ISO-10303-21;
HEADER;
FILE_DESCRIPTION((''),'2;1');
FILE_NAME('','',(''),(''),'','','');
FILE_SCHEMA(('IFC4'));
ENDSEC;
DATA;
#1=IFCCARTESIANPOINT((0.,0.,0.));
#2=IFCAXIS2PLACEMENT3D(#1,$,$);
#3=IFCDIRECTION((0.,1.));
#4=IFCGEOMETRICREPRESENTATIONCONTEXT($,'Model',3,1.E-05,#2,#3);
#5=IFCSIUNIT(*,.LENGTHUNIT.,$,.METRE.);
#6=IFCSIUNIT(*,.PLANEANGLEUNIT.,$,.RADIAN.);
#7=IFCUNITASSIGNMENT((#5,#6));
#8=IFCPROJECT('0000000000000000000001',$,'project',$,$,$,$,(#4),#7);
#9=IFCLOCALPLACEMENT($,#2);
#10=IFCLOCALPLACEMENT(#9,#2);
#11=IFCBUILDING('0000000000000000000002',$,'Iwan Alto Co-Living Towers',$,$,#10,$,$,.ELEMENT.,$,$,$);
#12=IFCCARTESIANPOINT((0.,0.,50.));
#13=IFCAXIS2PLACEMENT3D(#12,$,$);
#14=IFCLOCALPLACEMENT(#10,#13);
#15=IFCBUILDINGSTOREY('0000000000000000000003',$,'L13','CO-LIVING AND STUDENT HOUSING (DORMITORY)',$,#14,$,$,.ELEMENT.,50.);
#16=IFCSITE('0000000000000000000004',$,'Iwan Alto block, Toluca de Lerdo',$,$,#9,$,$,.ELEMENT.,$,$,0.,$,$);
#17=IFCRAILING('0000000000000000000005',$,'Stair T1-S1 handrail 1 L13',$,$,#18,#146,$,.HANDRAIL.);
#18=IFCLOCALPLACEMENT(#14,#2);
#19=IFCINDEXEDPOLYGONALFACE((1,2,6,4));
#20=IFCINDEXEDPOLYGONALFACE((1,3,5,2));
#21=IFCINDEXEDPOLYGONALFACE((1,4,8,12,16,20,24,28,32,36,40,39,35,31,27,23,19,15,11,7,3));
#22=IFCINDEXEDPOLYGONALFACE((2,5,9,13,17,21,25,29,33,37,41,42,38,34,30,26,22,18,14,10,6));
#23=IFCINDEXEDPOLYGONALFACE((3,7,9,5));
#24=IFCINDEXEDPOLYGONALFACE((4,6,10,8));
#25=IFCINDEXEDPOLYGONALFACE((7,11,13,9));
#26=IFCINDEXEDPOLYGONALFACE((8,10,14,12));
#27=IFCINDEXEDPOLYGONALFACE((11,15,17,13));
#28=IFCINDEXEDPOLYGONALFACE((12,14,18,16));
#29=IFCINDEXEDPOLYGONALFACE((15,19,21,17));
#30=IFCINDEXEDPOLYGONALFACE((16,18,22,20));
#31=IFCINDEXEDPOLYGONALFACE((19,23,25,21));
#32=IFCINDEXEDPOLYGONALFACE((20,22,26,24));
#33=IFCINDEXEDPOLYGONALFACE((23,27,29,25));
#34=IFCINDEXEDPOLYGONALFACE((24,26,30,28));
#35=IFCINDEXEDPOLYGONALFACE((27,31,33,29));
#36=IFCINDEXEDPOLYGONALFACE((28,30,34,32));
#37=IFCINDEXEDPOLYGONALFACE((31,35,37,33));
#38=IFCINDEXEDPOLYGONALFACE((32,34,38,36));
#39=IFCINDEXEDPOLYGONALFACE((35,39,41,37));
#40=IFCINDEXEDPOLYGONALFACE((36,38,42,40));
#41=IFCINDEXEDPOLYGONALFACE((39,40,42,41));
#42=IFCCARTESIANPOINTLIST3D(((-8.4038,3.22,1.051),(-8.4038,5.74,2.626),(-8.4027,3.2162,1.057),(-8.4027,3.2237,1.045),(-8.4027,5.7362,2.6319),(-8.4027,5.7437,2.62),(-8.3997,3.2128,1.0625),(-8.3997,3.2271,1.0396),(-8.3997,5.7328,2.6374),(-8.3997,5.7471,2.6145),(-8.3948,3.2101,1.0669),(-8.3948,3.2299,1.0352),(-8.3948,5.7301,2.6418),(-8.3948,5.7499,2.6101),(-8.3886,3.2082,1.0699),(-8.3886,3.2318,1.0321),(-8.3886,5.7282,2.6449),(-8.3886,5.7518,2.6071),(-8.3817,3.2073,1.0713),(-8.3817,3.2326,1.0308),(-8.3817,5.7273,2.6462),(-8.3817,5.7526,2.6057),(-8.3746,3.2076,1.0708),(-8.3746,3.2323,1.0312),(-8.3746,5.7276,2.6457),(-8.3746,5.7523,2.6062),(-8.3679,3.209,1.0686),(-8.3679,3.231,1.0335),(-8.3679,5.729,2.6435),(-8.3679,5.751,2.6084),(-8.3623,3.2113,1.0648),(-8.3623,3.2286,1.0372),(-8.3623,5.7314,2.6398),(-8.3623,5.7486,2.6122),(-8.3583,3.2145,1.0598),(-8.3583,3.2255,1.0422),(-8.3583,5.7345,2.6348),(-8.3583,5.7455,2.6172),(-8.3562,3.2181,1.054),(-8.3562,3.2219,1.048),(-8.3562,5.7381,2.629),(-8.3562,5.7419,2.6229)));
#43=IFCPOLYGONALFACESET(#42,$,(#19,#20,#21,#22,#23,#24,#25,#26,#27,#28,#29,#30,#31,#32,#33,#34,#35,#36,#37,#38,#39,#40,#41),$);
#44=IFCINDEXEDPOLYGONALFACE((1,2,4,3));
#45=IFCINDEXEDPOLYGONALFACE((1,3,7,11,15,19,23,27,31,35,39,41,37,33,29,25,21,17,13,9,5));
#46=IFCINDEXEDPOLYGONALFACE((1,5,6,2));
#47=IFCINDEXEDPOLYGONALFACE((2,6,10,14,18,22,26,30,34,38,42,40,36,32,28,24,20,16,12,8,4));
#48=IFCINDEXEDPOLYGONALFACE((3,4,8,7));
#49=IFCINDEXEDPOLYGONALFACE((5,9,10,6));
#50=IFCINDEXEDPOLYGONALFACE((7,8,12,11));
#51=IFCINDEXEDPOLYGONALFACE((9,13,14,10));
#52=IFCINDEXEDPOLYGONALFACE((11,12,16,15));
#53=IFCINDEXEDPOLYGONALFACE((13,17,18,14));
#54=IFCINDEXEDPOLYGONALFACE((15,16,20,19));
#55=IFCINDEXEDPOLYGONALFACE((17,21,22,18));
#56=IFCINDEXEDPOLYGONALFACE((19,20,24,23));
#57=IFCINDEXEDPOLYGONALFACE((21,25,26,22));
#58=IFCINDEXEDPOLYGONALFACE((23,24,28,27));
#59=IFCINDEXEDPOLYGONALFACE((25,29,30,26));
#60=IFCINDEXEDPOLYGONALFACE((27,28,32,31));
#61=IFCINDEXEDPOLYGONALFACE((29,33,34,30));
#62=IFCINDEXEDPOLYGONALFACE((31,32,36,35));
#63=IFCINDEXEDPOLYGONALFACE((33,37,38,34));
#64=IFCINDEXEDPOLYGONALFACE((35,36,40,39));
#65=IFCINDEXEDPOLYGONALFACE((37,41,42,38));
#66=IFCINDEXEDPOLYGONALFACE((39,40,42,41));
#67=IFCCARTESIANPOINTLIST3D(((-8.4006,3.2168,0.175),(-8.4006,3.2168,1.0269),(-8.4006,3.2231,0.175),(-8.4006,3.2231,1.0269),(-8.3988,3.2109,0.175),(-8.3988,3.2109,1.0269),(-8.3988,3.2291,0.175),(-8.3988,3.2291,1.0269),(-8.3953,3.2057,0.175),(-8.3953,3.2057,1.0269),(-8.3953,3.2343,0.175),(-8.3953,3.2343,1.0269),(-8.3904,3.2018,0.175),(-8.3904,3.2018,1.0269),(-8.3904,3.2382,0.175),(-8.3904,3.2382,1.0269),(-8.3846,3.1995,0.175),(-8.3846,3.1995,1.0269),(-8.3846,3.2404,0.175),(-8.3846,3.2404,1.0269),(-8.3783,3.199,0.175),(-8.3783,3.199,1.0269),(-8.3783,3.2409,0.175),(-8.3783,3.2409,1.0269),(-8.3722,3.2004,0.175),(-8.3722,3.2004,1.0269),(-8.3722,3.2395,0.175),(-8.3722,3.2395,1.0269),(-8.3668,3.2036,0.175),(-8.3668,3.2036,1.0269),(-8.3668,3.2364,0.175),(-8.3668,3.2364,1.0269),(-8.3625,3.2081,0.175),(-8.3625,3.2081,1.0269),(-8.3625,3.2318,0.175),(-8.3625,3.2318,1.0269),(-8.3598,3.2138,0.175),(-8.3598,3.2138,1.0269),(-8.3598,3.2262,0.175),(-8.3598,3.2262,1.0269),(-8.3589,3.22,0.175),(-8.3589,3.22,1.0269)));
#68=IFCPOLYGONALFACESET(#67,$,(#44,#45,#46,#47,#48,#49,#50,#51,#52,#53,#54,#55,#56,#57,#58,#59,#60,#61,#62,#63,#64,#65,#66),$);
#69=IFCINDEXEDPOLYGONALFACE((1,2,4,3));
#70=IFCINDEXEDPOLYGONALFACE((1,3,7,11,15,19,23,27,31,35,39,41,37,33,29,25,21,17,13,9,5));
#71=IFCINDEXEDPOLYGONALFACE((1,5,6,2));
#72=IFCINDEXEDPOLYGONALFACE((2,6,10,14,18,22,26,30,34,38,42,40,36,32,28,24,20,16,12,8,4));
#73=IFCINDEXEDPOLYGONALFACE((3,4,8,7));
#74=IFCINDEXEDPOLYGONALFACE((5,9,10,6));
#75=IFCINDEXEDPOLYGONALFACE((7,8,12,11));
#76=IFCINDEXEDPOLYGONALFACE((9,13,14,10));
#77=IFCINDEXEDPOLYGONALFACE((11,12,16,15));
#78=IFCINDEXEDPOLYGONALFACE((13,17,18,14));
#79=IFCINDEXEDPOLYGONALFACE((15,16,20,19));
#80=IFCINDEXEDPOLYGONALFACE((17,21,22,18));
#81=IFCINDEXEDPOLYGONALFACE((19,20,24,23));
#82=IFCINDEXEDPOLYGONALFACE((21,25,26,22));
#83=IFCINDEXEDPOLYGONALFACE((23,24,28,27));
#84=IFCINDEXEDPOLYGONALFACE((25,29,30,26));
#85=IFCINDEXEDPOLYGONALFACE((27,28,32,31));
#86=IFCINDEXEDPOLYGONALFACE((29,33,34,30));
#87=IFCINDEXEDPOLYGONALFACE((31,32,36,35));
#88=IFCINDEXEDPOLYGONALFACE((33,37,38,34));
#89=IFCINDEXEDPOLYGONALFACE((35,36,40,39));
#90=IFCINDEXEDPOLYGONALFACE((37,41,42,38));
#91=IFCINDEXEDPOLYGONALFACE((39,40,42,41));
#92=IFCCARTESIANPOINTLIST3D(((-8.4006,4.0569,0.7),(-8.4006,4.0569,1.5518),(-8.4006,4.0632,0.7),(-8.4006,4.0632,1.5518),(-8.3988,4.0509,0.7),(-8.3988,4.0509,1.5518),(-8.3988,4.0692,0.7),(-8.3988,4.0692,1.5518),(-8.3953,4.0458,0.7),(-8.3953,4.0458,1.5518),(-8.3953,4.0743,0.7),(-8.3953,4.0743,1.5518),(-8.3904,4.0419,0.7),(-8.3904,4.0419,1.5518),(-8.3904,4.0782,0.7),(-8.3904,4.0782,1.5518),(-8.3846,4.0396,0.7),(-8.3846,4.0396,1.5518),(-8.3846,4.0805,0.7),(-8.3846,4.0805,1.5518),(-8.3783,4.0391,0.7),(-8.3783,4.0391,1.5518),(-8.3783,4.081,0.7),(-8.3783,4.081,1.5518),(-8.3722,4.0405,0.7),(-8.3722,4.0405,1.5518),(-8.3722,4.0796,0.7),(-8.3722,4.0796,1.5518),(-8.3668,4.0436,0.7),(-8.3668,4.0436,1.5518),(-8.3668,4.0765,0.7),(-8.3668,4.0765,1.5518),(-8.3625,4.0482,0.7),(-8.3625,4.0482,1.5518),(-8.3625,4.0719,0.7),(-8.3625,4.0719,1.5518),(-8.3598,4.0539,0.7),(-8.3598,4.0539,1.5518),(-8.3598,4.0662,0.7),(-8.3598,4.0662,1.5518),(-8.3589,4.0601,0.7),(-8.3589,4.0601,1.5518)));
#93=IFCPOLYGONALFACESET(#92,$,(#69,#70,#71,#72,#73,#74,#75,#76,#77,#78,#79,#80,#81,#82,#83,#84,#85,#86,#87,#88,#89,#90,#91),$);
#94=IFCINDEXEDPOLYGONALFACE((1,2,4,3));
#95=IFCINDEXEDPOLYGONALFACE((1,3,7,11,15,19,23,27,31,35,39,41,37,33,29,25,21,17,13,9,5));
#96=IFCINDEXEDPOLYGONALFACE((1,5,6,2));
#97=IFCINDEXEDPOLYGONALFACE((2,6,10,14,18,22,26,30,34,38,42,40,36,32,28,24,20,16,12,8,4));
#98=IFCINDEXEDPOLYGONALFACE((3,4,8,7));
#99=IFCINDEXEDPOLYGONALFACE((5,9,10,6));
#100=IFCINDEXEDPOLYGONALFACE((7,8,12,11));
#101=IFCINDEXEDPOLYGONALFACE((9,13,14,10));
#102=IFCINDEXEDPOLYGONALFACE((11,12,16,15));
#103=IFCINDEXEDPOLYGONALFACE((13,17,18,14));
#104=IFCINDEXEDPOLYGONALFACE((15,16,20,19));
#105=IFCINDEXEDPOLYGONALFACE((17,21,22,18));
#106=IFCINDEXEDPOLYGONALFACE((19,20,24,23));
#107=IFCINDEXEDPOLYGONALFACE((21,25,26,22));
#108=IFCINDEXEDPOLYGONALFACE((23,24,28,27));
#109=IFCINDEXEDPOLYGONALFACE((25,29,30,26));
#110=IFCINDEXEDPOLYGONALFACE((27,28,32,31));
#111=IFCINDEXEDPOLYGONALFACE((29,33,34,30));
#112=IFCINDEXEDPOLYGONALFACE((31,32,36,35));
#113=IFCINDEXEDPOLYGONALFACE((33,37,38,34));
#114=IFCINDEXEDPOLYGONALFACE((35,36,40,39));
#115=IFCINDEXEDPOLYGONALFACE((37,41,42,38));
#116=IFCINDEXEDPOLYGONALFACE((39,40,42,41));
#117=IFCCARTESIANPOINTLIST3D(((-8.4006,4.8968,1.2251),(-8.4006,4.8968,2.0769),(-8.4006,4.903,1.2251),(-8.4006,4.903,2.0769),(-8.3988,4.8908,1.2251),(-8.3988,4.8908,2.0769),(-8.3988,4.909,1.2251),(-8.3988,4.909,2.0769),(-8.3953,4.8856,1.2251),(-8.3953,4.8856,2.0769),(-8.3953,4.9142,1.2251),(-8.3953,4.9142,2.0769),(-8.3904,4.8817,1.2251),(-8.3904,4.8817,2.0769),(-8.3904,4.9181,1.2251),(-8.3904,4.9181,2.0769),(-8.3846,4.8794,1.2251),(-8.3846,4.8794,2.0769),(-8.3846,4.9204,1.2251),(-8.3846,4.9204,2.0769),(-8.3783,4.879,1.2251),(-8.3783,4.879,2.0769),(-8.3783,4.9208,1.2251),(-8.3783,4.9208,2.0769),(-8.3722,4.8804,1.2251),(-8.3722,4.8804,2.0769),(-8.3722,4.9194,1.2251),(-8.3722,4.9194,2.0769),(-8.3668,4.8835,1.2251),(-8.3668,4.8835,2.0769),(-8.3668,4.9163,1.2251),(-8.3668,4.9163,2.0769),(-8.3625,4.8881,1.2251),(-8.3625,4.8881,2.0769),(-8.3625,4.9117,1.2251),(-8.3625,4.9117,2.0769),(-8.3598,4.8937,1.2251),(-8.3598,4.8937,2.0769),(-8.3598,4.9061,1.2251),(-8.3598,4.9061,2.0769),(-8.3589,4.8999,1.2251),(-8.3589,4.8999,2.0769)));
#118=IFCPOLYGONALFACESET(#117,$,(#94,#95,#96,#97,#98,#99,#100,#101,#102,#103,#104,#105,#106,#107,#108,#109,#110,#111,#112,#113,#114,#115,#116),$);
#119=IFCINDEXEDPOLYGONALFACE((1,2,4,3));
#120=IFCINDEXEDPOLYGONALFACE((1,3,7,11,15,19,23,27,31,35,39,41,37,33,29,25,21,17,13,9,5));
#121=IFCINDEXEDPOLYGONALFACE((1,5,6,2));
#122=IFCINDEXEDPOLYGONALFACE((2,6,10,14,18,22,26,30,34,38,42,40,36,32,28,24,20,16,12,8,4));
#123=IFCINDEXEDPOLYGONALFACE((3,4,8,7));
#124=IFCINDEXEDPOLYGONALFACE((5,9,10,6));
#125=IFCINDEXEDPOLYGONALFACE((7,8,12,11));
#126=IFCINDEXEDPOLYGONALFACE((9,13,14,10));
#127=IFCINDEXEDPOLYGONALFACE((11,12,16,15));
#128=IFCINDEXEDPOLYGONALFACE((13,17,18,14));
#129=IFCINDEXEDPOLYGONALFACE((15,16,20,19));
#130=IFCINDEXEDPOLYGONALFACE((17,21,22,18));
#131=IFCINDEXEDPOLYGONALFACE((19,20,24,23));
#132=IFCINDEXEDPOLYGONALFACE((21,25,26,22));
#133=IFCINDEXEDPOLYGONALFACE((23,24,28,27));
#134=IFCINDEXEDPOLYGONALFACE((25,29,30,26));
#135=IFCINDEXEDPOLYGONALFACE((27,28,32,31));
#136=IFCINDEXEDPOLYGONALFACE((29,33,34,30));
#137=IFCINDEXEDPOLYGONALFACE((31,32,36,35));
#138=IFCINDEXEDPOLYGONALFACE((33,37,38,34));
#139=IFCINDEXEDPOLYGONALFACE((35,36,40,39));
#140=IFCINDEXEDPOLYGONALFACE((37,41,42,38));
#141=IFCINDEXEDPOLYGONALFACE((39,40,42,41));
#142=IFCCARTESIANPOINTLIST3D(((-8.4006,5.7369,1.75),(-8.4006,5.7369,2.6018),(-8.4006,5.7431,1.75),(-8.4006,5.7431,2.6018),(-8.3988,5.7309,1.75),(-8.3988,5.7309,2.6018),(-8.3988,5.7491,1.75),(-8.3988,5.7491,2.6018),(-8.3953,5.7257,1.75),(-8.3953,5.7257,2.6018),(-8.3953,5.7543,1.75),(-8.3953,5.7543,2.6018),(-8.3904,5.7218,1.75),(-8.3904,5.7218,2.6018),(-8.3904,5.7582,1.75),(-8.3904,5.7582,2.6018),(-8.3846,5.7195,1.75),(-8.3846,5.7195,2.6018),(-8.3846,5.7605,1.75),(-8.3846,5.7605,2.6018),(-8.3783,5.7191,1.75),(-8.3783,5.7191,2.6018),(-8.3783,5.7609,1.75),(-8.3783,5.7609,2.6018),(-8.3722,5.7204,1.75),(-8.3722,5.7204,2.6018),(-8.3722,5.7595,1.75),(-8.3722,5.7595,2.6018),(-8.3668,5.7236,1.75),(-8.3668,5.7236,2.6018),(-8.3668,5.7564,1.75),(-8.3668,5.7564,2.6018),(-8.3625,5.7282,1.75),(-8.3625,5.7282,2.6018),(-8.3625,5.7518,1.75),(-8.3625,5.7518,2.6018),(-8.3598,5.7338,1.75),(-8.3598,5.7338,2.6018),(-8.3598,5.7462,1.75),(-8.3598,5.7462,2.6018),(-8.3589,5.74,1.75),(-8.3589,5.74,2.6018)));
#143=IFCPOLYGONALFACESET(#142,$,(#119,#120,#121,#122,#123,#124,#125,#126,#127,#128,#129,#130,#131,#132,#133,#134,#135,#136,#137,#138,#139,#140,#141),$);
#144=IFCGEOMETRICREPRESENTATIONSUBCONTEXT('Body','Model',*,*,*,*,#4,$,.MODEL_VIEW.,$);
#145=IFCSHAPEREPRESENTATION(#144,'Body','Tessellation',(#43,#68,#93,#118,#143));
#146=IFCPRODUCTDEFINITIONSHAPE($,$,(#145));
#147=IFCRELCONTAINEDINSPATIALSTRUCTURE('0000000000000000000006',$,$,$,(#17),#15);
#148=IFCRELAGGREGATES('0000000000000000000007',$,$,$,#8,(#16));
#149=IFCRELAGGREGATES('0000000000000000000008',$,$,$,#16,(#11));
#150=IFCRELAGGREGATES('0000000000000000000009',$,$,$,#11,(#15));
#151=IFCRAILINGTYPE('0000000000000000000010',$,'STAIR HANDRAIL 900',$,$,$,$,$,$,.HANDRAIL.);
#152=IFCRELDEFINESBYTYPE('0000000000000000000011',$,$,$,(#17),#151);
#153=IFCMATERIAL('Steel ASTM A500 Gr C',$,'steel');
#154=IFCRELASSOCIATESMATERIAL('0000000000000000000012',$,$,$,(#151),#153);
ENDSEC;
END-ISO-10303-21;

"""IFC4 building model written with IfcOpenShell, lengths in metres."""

from ifc_helpers import new_model, si_unit, direction, frame, origin, origin_2d, place, context, subcontext, project, spatial, circle, extrude, material, type_object, element, save


model = new_model("IFC4")

# Units and contexts
model_context = context("Model", 3, precision=1e-05, world=origin(), true_north=direction((0.0, 1.0)))
body_context = subcontext(model_context, "Body", "Model", "MODEL_VIEW")
ifc_project = project(units=[si_unit("LENGTHUNIT", "METRE"), si_unit("PLANEANGLEUNIT", "RADIAN")], contexts=[model_context])

# Site, building, storey
site_placement = place(None, origin())
site = spatial("IfcSite", under=ifc_project, at=site_placement, Name="Iwan Alto block, Toluca de Lerdo", CompositionType="ELEMENT", RefElevation=0.0)
building_placement = place(site_placement, origin())
building = spatial("IfcBuilding", under=site, at=building_placement, Name="Iwan Alto Co-Living Towers", CompositionType="ELEMENT")
storey_placement = place(building_placement, frame((0.0, 0.0, 50.0)))
storey = spatial("IfcBuildingStorey", under=building, at=storey_placement, Name="L13", Description="CO-LIVING AND STUDENT HOUSING (DORMITORY)", CompositionType="ELEMENT", Elevation=50.0)

# Railing
ifc_material_1 = material(Name="Steel ASTM A500 Gr C", Category="steel")
railing_type_1 = type_object("IfcRailingType", Name="STAIR HANDRAIL 900", PredefinedType="HANDRAIL", material=ifc_material_1)
railing_1_placement = place(storey_placement, frame((-8.3799, 3.22, 0.175)))
element("IfcRailing", 1, at=railing_1_placement, inside=storey, type_object=railing_type_1, Name="Stair T1-S1 handrail 1 L13", PredefinedType="HANDRAIL", context=body_context, shape_type="SweptSolid", body=[
    extrude(circle(Radius=0.0239, at=origin_2d()), frame((0.0, 0.0, 0.876), z_axis=(0.0, 0.848008, 0.529984), x_axis=(-1.0, 0.0, 0.0)), (0.0, 0.0, 1.0), 2.9717),
    extrude(circle(Radius=0.021, at=origin_2d()), origin(), (0.0, 0.0, 1.0), 0.8518),
    extrude(circle(Radius=0.021, at=origin_2d()), frame((0.0, 0.8401, 0.5249)), (0.0, 0.0, 1.0), 0.8518),
    extrude(circle(Radius=0.021, at=origin_2d()), frame((0.0, 1.6799, 1.05)), (0.0, 0.0, 1.0), 0.8518),
    extrude(circle(Radius=0.021, at=origin_2d()), frame((0.0, 2.52, 1.575)), (0.0, 0.0, 1.0), 0.8518),
])

save(model, "model.ifc")
